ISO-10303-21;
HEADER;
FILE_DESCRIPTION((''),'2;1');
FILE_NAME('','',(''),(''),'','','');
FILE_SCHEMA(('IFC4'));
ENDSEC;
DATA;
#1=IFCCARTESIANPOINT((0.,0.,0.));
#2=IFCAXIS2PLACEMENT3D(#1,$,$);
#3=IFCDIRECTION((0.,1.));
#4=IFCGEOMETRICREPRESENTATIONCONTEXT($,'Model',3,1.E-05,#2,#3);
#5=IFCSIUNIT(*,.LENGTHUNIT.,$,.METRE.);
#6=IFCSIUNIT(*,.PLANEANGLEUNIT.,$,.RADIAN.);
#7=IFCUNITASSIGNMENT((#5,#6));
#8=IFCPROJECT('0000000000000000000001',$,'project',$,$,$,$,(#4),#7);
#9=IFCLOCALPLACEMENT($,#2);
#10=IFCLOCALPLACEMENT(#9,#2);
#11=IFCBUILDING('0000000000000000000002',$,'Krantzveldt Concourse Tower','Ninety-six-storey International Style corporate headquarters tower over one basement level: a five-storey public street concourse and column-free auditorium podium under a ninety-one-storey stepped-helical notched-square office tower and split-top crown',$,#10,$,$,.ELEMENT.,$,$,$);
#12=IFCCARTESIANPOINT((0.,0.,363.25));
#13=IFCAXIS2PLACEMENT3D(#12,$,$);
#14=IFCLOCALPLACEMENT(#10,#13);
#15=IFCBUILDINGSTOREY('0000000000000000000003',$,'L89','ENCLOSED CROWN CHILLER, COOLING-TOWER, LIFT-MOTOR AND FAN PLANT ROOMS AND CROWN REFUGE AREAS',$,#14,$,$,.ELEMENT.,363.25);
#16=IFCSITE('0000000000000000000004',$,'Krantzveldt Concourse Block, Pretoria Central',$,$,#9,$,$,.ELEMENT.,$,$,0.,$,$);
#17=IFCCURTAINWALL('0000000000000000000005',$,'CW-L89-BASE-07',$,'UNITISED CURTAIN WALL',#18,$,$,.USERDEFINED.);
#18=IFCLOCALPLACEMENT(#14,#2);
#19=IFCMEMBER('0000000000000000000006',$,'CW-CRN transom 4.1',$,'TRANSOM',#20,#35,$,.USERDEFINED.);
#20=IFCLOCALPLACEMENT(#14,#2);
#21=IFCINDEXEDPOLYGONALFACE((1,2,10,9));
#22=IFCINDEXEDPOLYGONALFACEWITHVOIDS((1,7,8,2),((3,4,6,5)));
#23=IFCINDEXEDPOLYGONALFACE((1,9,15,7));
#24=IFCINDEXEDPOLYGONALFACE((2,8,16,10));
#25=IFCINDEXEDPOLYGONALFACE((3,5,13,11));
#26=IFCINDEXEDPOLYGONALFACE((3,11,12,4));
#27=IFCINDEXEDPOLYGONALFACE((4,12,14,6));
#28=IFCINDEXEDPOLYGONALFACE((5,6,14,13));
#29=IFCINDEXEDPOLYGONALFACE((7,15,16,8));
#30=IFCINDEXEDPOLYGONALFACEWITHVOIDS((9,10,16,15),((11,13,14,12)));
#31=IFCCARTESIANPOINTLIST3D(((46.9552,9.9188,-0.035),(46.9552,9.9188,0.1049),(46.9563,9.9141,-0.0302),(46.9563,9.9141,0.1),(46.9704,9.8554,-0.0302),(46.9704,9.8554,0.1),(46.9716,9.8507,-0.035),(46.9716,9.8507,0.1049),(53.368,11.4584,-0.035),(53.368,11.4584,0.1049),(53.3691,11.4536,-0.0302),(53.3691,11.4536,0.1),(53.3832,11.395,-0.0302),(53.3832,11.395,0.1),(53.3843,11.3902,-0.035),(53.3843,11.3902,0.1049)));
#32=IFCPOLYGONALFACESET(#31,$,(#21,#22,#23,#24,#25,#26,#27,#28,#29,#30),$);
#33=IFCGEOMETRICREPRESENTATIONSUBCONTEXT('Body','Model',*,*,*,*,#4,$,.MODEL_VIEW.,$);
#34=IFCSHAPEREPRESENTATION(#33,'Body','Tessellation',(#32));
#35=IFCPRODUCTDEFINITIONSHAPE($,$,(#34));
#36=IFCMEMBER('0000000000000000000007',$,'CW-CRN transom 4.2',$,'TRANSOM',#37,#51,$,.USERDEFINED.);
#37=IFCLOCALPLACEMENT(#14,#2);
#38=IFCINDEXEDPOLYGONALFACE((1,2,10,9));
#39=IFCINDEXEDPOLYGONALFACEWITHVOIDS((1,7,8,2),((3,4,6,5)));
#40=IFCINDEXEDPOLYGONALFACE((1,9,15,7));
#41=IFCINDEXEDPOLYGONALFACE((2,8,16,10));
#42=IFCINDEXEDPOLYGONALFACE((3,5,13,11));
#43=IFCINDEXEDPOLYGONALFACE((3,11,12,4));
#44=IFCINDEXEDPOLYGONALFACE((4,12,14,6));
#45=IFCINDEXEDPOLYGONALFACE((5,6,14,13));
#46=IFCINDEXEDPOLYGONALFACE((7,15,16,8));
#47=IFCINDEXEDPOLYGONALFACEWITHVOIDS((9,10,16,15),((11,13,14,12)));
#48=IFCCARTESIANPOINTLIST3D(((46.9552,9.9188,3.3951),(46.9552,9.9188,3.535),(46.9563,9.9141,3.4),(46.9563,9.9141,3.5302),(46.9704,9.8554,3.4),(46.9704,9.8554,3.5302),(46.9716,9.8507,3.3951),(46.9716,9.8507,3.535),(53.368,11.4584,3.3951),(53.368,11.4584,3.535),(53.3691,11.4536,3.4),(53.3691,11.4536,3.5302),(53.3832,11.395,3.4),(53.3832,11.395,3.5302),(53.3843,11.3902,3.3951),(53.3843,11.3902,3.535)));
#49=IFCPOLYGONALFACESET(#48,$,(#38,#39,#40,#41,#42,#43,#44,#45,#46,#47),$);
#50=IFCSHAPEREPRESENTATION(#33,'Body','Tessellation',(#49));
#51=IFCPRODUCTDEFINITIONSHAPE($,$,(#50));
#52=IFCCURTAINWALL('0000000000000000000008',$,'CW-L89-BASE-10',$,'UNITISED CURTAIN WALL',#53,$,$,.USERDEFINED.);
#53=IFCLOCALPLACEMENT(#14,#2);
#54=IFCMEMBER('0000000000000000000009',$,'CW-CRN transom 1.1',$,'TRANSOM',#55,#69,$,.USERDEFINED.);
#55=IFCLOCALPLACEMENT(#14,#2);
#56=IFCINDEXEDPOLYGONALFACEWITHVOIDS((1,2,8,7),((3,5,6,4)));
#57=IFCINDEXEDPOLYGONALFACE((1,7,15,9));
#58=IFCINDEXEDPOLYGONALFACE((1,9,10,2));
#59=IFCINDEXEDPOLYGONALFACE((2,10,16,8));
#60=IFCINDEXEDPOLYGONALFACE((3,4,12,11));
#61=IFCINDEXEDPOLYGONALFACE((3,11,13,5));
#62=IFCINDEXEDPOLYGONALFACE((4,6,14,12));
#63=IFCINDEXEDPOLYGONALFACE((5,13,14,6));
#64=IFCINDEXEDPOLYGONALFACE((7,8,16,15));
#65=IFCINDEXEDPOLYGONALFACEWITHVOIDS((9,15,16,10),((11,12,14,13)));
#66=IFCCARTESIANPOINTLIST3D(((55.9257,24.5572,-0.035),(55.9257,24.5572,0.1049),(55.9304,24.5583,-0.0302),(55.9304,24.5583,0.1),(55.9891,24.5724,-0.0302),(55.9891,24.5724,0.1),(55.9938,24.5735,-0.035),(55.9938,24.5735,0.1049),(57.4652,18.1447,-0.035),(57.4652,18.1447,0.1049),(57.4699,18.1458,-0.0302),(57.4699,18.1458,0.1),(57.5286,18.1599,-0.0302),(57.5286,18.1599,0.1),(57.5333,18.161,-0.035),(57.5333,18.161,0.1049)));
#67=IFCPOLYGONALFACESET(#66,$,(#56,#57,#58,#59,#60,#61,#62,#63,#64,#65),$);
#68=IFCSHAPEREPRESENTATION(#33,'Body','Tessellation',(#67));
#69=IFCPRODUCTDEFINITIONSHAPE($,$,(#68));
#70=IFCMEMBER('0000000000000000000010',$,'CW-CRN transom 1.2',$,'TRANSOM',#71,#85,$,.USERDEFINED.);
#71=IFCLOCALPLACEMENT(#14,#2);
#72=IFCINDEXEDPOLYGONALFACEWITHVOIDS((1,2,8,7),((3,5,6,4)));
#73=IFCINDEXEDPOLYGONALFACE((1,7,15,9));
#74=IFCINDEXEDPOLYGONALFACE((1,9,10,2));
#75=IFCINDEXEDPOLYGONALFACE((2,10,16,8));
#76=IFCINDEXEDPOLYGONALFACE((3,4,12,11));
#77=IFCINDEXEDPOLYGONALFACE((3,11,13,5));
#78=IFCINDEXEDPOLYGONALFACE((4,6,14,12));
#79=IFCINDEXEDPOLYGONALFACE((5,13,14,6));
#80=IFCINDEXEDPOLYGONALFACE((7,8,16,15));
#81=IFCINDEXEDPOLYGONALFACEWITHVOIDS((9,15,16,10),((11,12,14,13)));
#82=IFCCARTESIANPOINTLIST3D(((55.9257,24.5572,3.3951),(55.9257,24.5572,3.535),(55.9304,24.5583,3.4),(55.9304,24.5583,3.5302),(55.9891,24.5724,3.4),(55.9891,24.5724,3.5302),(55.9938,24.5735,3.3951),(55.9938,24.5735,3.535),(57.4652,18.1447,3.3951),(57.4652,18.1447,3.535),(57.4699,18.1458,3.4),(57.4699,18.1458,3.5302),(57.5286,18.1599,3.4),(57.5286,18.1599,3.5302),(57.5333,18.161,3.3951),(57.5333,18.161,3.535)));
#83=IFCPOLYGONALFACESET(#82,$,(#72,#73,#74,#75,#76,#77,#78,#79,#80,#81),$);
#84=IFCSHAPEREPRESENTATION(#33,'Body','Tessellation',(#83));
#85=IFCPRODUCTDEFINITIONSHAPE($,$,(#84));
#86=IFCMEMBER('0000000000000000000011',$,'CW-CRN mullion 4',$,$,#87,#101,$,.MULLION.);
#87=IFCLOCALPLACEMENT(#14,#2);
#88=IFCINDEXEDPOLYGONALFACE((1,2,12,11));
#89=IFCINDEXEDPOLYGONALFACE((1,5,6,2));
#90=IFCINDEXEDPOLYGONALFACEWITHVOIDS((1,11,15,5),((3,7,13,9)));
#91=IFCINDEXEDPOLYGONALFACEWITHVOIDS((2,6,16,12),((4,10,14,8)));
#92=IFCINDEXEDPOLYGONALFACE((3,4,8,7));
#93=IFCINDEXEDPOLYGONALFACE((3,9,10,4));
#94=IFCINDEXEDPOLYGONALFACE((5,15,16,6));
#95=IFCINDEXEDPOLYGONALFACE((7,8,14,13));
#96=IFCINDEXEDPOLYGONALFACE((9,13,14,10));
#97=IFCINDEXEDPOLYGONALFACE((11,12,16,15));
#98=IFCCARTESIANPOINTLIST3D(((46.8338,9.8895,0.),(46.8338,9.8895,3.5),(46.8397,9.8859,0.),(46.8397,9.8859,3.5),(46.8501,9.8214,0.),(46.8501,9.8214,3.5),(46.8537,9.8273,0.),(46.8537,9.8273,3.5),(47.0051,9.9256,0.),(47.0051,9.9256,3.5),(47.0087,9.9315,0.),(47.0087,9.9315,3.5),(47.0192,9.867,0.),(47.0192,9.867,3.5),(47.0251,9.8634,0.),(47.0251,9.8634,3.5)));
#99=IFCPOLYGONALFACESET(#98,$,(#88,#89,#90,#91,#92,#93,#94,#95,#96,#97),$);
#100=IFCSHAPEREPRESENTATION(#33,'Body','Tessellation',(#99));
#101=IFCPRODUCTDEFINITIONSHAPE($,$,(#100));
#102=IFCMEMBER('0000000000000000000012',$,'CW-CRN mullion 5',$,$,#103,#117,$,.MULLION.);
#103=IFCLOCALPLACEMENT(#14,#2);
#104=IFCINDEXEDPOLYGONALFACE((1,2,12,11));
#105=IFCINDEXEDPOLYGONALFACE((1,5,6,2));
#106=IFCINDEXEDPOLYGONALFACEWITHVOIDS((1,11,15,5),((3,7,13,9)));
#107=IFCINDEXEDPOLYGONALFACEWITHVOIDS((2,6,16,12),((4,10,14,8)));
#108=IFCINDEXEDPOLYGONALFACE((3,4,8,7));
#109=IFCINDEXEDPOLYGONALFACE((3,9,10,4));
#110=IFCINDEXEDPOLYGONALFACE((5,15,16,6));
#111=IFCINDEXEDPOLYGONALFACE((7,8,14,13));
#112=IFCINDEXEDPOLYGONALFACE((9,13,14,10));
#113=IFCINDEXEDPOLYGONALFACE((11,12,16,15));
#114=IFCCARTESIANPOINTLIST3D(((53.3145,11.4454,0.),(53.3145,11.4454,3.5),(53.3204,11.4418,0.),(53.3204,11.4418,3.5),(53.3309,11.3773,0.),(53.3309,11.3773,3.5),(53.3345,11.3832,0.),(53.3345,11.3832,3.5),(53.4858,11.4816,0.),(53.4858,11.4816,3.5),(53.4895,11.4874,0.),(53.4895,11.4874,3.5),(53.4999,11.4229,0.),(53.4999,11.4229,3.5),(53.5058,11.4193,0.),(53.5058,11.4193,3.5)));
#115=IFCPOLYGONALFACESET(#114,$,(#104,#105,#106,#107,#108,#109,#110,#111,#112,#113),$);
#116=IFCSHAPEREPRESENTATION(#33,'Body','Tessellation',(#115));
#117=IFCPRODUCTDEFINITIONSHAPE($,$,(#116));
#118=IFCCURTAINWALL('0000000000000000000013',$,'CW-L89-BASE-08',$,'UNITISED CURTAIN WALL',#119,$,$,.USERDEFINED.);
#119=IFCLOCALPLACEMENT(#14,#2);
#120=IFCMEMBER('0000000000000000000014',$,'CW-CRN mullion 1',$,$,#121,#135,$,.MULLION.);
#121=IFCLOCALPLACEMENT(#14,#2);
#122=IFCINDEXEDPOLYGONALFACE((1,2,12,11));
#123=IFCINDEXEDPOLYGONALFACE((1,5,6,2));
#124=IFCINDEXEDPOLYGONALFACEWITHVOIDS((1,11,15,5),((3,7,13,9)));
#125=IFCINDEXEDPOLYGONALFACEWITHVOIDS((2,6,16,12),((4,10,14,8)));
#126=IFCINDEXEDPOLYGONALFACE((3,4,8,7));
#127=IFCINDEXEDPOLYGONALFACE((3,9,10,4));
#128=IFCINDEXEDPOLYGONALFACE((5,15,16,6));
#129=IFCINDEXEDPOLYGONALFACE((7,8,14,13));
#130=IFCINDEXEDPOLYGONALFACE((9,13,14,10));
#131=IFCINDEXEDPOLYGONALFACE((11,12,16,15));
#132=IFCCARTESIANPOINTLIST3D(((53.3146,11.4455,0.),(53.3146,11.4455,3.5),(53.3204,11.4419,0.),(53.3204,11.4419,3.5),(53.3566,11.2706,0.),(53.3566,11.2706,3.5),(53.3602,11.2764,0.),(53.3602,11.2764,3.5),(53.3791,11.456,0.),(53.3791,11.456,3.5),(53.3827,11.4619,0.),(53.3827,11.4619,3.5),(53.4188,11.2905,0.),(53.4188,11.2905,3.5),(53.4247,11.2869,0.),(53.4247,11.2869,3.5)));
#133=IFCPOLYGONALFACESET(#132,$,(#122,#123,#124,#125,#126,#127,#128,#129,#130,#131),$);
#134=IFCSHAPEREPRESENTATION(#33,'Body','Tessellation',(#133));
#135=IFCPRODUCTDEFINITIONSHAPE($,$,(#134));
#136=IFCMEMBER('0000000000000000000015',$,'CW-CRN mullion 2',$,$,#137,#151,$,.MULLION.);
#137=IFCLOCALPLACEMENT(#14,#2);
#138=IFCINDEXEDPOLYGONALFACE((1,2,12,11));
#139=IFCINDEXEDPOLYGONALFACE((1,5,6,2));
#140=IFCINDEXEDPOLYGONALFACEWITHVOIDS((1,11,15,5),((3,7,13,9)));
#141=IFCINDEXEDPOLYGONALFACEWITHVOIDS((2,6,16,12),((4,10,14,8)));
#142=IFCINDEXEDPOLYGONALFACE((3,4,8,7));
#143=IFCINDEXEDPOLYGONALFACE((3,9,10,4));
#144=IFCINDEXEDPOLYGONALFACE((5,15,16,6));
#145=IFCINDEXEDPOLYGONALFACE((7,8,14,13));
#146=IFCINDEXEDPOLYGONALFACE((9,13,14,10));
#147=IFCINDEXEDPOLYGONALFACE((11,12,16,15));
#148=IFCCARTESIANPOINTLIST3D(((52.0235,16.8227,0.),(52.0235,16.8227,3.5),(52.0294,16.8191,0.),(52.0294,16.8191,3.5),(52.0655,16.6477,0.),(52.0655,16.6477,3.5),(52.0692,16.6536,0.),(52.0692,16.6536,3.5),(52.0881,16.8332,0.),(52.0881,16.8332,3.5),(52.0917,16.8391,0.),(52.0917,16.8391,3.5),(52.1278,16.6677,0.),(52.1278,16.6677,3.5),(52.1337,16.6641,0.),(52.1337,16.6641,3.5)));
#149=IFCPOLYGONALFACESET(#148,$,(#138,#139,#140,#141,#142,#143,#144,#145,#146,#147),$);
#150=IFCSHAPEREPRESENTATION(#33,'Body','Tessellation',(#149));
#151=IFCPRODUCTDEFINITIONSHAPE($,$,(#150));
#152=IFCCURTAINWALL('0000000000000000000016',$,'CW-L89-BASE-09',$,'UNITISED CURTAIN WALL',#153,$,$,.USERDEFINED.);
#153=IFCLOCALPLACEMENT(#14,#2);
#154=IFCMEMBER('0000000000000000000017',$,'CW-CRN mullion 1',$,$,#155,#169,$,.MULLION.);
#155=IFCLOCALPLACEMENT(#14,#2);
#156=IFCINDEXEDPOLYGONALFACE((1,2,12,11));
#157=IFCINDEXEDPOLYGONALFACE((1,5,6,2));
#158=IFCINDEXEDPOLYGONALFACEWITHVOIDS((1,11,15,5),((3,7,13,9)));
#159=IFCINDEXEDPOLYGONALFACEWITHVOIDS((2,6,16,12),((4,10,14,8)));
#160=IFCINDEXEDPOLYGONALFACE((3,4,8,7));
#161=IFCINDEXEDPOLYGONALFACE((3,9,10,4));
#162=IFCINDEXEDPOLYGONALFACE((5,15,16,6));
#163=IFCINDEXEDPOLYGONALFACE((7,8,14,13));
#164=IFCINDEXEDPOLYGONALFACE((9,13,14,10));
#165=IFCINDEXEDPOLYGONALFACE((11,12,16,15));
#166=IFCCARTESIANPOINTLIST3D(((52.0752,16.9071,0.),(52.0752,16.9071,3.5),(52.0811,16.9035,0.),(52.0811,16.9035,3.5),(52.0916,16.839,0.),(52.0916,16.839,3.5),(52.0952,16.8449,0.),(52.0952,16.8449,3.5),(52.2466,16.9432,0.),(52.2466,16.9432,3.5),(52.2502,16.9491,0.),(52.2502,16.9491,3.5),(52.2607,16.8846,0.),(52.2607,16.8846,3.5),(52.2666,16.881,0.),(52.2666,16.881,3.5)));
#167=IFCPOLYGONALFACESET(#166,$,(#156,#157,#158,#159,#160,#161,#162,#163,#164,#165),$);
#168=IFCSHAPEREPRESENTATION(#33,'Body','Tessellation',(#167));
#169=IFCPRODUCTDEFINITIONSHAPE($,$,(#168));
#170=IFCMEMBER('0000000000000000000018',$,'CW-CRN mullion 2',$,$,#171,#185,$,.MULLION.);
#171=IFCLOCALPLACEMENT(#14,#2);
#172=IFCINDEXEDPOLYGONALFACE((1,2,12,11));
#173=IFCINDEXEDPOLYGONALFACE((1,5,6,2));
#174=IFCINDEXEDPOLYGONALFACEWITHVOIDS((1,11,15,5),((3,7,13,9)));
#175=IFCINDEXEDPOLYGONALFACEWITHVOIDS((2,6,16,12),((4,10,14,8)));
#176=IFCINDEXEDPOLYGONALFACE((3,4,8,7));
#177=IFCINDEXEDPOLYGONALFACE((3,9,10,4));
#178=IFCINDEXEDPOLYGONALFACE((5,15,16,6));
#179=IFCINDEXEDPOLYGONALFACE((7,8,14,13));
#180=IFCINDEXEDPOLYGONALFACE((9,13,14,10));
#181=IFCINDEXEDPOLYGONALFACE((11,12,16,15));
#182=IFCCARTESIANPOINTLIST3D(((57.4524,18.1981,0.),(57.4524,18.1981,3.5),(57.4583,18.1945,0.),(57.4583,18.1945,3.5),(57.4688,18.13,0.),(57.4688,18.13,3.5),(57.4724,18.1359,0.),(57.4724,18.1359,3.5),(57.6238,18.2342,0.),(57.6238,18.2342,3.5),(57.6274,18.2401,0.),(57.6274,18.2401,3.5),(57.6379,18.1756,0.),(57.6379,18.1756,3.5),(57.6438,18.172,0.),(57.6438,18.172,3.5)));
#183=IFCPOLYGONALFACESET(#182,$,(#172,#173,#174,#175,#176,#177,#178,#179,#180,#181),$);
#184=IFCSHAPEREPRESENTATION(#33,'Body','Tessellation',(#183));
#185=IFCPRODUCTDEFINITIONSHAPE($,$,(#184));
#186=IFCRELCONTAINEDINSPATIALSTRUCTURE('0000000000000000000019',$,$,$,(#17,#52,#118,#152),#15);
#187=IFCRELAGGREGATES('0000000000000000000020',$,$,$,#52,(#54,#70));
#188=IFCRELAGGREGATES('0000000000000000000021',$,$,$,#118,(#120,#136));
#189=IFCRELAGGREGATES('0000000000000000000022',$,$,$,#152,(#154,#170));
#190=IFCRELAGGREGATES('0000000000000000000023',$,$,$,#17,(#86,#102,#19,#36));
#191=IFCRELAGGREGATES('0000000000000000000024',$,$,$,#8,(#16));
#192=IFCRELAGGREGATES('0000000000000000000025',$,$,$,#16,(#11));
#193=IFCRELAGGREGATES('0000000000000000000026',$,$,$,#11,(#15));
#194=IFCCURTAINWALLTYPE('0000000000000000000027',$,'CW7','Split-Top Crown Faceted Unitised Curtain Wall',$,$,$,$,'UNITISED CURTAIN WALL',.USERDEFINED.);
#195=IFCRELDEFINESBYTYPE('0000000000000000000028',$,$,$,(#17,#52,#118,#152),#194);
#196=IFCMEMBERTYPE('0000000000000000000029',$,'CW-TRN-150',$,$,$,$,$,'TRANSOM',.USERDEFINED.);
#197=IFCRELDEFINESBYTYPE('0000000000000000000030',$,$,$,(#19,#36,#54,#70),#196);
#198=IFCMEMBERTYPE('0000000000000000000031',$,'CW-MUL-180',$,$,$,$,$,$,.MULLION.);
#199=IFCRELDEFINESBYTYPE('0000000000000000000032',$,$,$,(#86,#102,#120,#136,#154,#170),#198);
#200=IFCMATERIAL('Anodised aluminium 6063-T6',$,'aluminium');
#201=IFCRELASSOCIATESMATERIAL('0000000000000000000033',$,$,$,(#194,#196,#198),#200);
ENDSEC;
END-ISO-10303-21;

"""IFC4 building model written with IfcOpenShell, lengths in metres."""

from ifc_helpers import new_model, si_unit, direction, frame, origin, origin_2d, place, context, subcontext, project, spatial, hollow_rectangle, extrude, source, transform, mapped, material, material_profile, profile_set, type_object, type_shapes, element, aggregate, save


model = new_model("IFC4")

# Units and contexts
model_context = context("Model", 3, precision=1e-05, world=origin(), true_north=direction((0.0, 1.0)))
body_context = subcontext(model_context, "Body", "Model", "MODEL_VIEW")
ifc_project = project(units=[si_unit("LENGTHUNIT", "METRE"), si_unit("PLANEANGLEUNIT", "RADIAN")], contexts=[model_context])

# Site, building, storey
site_placement = place(None, origin())
site = spatial("IfcSite", under=ifc_project, at=site_placement, Name="Krantzveldt Concourse Block, Pretoria Central", CompositionType="ELEMENT", RefElevation=0.0)
building_placement = place(site_placement, origin())
building = spatial("IfcBuilding", under=site, at=building_placement, Name="Krantzveldt Concourse Tower", Description="Ninety-six-storey International Style corporate headquarters tower over one basement level: a five-storey public street concourse and column-free auditorium podium under a ninety-one-storey stepped-helical notched-square office tower and split-top crown", CompositionType="ELEMENT")
storey_placement = place(building_placement, frame((0.0, 0.0, 363.25)))
storey = spatial("IfcBuildingStorey", under=building, at=storey_placement, Name="L89", Description="ENCLOSED CROWN CHILLER, COOLING-TOWER, LIFT-MOTOR AND FAN PLANT ROOMS AND CROWN REFUGE AREAS", CompositionType="ELEMENT", Elevation=363.25)

# Curtain walls, members
ifc_material_1 = material(Name="Anodised aluminium 6063-T6", Category="aluminium")
curtain_wall_type = type_object("IfcCurtainWallType", Name="CW7", Description="Split-Top Crown Faceted Unitised Curtain Wall", ElementType="UNITISED CURTAIN WALL", PredefinedType="USERDEFINED", material=ifc_material_1)
curtain_wall_1_placement = place(storey_placement, origin())
curtain_wall_1 = element("IfcCurtainWall", 1, at=curtain_wall_1_placement, inside=storey, type_object=curtain_wall_type, Name="CW-L89-BASE-07", ObjectType="UNITISED CURTAIN WALL", PredefinedType="USERDEFINED")
ifc_material_profile_1 = material_profile(ifc_material_1, hollow_rectangle(XDim=0.0701, YDim=0.1399, WallThickness=0.0049, at=origin_2d()), Name="Anodised aluminium 6063-T6", Category="aluminium")
ifc_profile_set_1 = profile_set([ifc_material_profile_1], Name="Anodised aluminium 6063-T6 - ALU-TRAN 140x70x5")
member_type_1 = type_object("IfcMemberType", Name="CW-TRN-150", ElementType="TRANSOM", PredefinedType="USERDEFINED", material=ifc_profile_set_1)
shared_shape_1 = source(origin(), body_context, "Body", "SweptSolid", [
    extrude(hollow_rectangle(XDim=0.0701, YDim=0.1399, WallThickness=0.0049, at=origin_2d()), origin(), (0.0, 0.0, 1.0), 6.595),
])
member_1_placement = place(storey_placement, frame((46.9634, 9.8848, 0.0349), z_axis=(0.972371, 0.23344, 0.0), x_axis=(-0.23344, 0.972371, 0.0)))
member_1 = element("IfcMember", 2, at=member_1_placement, type_object=member_type_1, Name="CW-CRN transom 4.1", ObjectType="TRANSOM", PredefinedType="USERDEFINED", context=body_context, shape_type="MappedRepresentation", body=[
    mapped(shared_shape_1, transform((0.0, 0.0, 0.0), x_axis=(1.0, 0.0, 0.0), y_axis=(0.0, 1.0, 0.0), z_axis=(0.0, 0.0, 1.0), scale=1.0)),
])
member_2_placement = place(storey_placement, frame((46.9634, 9.8848, 3.4651), z_axis=(0.972371, 0.23344, 0.0), x_axis=(-0.23344, 0.972371, 0.0)))
member_2 = element("IfcMember", 3, at=member_2_placement, type_object=member_type_1, Name="CW-CRN transom 4.2", ObjectType="TRANSOM", PredefinedType="USERDEFINED", context=body_context, shape_type="MappedRepresentation", body=[
    mapped(shared_shape_1, transform((0.0, 0.0, 0.0), x_axis=(1.0, 0.0, 0.0), y_axis=(0.0, 1.0, 0.0), z_axis=(0.0, 0.0, 1.0), scale=1.0)),
])
curtain_wall_2_placement = place(storey_placement, origin())
curtain_wall_2 = element("IfcCurtainWall", 4, at=curtain_wall_2_placement, inside=storey, type_object=curtain_wall_type, Name="CW-L89-BASE-10", ObjectType="UNITISED CURTAIN WALL", PredefinedType="USERDEFINED")
shared_shape_2 = source(origin(), body_context, "Body", "SweptSolid", [
    extrude(hollow_rectangle(XDim=0.0701, YDim=0.1399, WallThickness=0.0049, at=origin_2d()), origin(), (0.0, 0.0, 1.0), 6.5947),
])
member_3_placement = place(storey_placement, frame((57.4993, 18.1528, 0.0349), z_axis=(-0.233449, 0.972369, 0.0), x_axis=(-0.972369, -0.233449, 0.0)))
member_3 = element("IfcMember", 5, at=member_3_placement, type_object=member_type_1, Name="CW-CRN transom 1.1", ObjectType="TRANSOM", PredefinedType="USERDEFINED", context=body_context, shape_type="MappedRepresentation", body=[
    mapped(shared_shape_2, transform((0.0, 0.0, 0.0), x_axis=(1.0, 0.0, 0.0), y_axis=(0.0, 1.0, 0.0), z_axis=(0.0, 0.0, 1.0), scale=1.0)),
])
member_4_placement = place(storey_placement, frame((57.4993, 18.1528, 3.4651), z_axis=(-0.233449, 0.972369, 0.0), x_axis=(-0.972369, -0.233449, 0.0)))
member_4 = element("IfcMember", 6, at=member_4_placement, type_object=member_type_1, Name="CW-CRN transom 1.2", ObjectType="TRANSOM", PredefinedType="USERDEFINED", context=body_context, shape_type="MappedRepresentation", body=[
    mapped(shared_shape_2, transform((0.0, 0.0, 0.0), x_axis=(1.0, 0.0, 0.0), y_axis=(0.0, 1.0, 0.0), z_axis=(0.0, 0.0, 1.0), scale=1.0)),
])

# Members
ifc_material_profile_2 = material_profile(ifc_material_1, hollow_rectangle(XDim=0.0701, YDim=0.1799, WallThickness=0.0049, at=origin_2d()), Name="Anodised aluminium 6063-T6", Category="aluminium")
ifc_profile_set_2 = profile_set([ifc_material_profile_2], Name="Anodised aluminium 6063-T6 - ALU-MULL 180x70x5")
member_type_2 = type_object("IfcMemberType", Name="CW-MUL-180", PredefinedType="MULLION", material=ifc_profile_set_2)
shared_shape_3 = source(origin(), body_context, "Body", "SweptSolid", [
    extrude(hollow_rectangle(XDim=0.0701, YDim=0.1799, WallThickness=0.0049, at=origin_2d()), origin(), (0.0, 0.0, 1.0), 3.5),
])
type_shapes(member_type_2, [shared_shape_3])
member_5_placement = place(storey_placement, frame((46.9294, 9.8765, 0.0), z_axis=(0.0, 0.0, 1.0), x_axis=(-0.233445, 0.97237, 0.0)))
member_5 = element("IfcMember", 7, at=member_5_placement, type_object=member_type_2, Name="CW-CRN mullion 4", PredefinedType="MULLION", context=body_context, shape_type="MappedRepresentation", body=[
    mapped(shared_shape_3, transform((0.0, 0.0, 0.0), x_axis=(1.0, 0.0, 0.0), y_axis=(0.0, 1.0, 0.0), z_axis=(0.0, 0.0, 1.0), scale=1.0)),
])
member_6_placement = place(storey_placement, frame((53.4102, 11.4324, 0.0), z_axis=(0.0, 0.0, 1.0), x_axis=(-0.233445, 0.97237, 0.0)))
member_6 = element("IfcMember", 8, at=member_6_placement, type_object=member_type_2, Name="CW-CRN mullion 5", PredefinedType="MULLION", context=body_context, shape_type="MappedRepresentation", body=[
    mapped(shared_shape_3, transform((0.0, 0.0, 0.0), x_axis=(1.0, 0.0, 0.0), y_axis=(0.0, 1.0, 0.0), z_axis=(0.0, 0.0, 1.0), scale=1.0)),
])

# Curtain walls, members
curtain_wall_3_placement = place(storey_placement, origin())
curtain_wall_3 = element("IfcCurtainWall", 9, at=curtain_wall_3_placement, inside=storey, type_object=curtain_wall_type, Name="CW-L89-BASE-08", ObjectType="UNITISED CURTAIN WALL", PredefinedType="USERDEFINED")
member_7_placement = place(storey_placement, frame((53.3696, 11.3662, 0.0), z_axis=(0.0, 0.0, 1.0), x_axis=(-0.97237, -0.233446, 0.0)))
member_7 = element("IfcMember", 10, at=member_7_placement, type_object=member_type_2, Name="CW-CRN mullion 1", PredefinedType="MULLION", context=body_context, shape_type="MappedRepresentation", body=[
    mapped(shared_shape_3, transform((0.0, 0.0, 0.0), x_axis=(1.0, 0.0, 0.0), y_axis=(0.0, 1.0, 0.0), z_axis=(0.0, 0.0, 1.0), scale=1.0)),
])
member_8_placement = place(storey_placement, frame((52.0786, 16.7434, 0.0), z_axis=(0.0, 0.0, 1.0), x_axis=(-0.97237, -0.233446, 0.0)))
member_8 = element("IfcMember", 11, at=member_8_placement, type_object=member_type_2, Name="CW-CRN mullion 2", PredefinedType="MULLION", context=body_context, shape_type="MappedRepresentation", body=[
    mapped(shared_shape_3, transform((0.0, 0.0, 0.0), x_axis=(1.0, 0.0, 0.0), y_axis=(0.0, 1.0, 0.0), z_axis=(0.0, 0.0, 1.0), scale=1.0)),
])
curtain_wall_4_placement = place(storey_placement, origin())
curtain_wall_4 = element("IfcCurtainWall", 12, at=curtain_wall_4_placement, inside=storey, type_object=curtain_wall_type, Name="CW-L89-BASE-09", ObjectType="UNITISED CURTAIN WALL", PredefinedType="USERDEFINED")
member_9_placement = place(storey_placement, frame((52.1709, 16.894, 0.0), z_axis=(0.0, 0.0, 1.0), x_axis=(-0.233444, 0.97237, 0.0)))
member_9 = element("IfcMember", 13, at=member_9_placement, type_object=member_type_2, Name="CW-CRN mullion 1", PredefinedType="MULLION", context=body_context, shape_type="MappedRepresentation", body=[
    mapped(shared_shape_3, transform((0.0, 0.0, 0.0), x_axis=(1.0, 0.0, 0.0), y_axis=(0.0, 1.0, 0.0), z_axis=(0.0, 0.0, 1.0), scale=1.0)),
])
member_10_placement = place(storey_placement, frame((57.5481, 18.1851, 0.0), z_axis=(0.0, 0.0, 1.0), x_axis=(-0.233444, 0.97237, 0.0)))
member_10 = element("IfcMember", 14, at=member_10_placement, type_object=member_type_2, Name="CW-CRN mullion 2", PredefinedType="MULLION", context=body_context, shape_type="MappedRepresentation", body=[
    mapped(shared_shape_3, transform((0.0, 0.0, 0.0), x_axis=(1.0, 0.0, 0.0), y_axis=(0.0, 1.0, 0.0), z_axis=(0.0, 0.0, 1.0), scale=1.0)),
])

aggregate(curtain_wall_2, [member_3, member_4])

aggregate(curtain_wall_3, [member_7, member_8])
aggregate(curtain_wall_4, [member_9, member_10])
aggregate(curtain_wall_1, [member_5, member_6, member_1, member_2])

save(model, "model.ifc")
